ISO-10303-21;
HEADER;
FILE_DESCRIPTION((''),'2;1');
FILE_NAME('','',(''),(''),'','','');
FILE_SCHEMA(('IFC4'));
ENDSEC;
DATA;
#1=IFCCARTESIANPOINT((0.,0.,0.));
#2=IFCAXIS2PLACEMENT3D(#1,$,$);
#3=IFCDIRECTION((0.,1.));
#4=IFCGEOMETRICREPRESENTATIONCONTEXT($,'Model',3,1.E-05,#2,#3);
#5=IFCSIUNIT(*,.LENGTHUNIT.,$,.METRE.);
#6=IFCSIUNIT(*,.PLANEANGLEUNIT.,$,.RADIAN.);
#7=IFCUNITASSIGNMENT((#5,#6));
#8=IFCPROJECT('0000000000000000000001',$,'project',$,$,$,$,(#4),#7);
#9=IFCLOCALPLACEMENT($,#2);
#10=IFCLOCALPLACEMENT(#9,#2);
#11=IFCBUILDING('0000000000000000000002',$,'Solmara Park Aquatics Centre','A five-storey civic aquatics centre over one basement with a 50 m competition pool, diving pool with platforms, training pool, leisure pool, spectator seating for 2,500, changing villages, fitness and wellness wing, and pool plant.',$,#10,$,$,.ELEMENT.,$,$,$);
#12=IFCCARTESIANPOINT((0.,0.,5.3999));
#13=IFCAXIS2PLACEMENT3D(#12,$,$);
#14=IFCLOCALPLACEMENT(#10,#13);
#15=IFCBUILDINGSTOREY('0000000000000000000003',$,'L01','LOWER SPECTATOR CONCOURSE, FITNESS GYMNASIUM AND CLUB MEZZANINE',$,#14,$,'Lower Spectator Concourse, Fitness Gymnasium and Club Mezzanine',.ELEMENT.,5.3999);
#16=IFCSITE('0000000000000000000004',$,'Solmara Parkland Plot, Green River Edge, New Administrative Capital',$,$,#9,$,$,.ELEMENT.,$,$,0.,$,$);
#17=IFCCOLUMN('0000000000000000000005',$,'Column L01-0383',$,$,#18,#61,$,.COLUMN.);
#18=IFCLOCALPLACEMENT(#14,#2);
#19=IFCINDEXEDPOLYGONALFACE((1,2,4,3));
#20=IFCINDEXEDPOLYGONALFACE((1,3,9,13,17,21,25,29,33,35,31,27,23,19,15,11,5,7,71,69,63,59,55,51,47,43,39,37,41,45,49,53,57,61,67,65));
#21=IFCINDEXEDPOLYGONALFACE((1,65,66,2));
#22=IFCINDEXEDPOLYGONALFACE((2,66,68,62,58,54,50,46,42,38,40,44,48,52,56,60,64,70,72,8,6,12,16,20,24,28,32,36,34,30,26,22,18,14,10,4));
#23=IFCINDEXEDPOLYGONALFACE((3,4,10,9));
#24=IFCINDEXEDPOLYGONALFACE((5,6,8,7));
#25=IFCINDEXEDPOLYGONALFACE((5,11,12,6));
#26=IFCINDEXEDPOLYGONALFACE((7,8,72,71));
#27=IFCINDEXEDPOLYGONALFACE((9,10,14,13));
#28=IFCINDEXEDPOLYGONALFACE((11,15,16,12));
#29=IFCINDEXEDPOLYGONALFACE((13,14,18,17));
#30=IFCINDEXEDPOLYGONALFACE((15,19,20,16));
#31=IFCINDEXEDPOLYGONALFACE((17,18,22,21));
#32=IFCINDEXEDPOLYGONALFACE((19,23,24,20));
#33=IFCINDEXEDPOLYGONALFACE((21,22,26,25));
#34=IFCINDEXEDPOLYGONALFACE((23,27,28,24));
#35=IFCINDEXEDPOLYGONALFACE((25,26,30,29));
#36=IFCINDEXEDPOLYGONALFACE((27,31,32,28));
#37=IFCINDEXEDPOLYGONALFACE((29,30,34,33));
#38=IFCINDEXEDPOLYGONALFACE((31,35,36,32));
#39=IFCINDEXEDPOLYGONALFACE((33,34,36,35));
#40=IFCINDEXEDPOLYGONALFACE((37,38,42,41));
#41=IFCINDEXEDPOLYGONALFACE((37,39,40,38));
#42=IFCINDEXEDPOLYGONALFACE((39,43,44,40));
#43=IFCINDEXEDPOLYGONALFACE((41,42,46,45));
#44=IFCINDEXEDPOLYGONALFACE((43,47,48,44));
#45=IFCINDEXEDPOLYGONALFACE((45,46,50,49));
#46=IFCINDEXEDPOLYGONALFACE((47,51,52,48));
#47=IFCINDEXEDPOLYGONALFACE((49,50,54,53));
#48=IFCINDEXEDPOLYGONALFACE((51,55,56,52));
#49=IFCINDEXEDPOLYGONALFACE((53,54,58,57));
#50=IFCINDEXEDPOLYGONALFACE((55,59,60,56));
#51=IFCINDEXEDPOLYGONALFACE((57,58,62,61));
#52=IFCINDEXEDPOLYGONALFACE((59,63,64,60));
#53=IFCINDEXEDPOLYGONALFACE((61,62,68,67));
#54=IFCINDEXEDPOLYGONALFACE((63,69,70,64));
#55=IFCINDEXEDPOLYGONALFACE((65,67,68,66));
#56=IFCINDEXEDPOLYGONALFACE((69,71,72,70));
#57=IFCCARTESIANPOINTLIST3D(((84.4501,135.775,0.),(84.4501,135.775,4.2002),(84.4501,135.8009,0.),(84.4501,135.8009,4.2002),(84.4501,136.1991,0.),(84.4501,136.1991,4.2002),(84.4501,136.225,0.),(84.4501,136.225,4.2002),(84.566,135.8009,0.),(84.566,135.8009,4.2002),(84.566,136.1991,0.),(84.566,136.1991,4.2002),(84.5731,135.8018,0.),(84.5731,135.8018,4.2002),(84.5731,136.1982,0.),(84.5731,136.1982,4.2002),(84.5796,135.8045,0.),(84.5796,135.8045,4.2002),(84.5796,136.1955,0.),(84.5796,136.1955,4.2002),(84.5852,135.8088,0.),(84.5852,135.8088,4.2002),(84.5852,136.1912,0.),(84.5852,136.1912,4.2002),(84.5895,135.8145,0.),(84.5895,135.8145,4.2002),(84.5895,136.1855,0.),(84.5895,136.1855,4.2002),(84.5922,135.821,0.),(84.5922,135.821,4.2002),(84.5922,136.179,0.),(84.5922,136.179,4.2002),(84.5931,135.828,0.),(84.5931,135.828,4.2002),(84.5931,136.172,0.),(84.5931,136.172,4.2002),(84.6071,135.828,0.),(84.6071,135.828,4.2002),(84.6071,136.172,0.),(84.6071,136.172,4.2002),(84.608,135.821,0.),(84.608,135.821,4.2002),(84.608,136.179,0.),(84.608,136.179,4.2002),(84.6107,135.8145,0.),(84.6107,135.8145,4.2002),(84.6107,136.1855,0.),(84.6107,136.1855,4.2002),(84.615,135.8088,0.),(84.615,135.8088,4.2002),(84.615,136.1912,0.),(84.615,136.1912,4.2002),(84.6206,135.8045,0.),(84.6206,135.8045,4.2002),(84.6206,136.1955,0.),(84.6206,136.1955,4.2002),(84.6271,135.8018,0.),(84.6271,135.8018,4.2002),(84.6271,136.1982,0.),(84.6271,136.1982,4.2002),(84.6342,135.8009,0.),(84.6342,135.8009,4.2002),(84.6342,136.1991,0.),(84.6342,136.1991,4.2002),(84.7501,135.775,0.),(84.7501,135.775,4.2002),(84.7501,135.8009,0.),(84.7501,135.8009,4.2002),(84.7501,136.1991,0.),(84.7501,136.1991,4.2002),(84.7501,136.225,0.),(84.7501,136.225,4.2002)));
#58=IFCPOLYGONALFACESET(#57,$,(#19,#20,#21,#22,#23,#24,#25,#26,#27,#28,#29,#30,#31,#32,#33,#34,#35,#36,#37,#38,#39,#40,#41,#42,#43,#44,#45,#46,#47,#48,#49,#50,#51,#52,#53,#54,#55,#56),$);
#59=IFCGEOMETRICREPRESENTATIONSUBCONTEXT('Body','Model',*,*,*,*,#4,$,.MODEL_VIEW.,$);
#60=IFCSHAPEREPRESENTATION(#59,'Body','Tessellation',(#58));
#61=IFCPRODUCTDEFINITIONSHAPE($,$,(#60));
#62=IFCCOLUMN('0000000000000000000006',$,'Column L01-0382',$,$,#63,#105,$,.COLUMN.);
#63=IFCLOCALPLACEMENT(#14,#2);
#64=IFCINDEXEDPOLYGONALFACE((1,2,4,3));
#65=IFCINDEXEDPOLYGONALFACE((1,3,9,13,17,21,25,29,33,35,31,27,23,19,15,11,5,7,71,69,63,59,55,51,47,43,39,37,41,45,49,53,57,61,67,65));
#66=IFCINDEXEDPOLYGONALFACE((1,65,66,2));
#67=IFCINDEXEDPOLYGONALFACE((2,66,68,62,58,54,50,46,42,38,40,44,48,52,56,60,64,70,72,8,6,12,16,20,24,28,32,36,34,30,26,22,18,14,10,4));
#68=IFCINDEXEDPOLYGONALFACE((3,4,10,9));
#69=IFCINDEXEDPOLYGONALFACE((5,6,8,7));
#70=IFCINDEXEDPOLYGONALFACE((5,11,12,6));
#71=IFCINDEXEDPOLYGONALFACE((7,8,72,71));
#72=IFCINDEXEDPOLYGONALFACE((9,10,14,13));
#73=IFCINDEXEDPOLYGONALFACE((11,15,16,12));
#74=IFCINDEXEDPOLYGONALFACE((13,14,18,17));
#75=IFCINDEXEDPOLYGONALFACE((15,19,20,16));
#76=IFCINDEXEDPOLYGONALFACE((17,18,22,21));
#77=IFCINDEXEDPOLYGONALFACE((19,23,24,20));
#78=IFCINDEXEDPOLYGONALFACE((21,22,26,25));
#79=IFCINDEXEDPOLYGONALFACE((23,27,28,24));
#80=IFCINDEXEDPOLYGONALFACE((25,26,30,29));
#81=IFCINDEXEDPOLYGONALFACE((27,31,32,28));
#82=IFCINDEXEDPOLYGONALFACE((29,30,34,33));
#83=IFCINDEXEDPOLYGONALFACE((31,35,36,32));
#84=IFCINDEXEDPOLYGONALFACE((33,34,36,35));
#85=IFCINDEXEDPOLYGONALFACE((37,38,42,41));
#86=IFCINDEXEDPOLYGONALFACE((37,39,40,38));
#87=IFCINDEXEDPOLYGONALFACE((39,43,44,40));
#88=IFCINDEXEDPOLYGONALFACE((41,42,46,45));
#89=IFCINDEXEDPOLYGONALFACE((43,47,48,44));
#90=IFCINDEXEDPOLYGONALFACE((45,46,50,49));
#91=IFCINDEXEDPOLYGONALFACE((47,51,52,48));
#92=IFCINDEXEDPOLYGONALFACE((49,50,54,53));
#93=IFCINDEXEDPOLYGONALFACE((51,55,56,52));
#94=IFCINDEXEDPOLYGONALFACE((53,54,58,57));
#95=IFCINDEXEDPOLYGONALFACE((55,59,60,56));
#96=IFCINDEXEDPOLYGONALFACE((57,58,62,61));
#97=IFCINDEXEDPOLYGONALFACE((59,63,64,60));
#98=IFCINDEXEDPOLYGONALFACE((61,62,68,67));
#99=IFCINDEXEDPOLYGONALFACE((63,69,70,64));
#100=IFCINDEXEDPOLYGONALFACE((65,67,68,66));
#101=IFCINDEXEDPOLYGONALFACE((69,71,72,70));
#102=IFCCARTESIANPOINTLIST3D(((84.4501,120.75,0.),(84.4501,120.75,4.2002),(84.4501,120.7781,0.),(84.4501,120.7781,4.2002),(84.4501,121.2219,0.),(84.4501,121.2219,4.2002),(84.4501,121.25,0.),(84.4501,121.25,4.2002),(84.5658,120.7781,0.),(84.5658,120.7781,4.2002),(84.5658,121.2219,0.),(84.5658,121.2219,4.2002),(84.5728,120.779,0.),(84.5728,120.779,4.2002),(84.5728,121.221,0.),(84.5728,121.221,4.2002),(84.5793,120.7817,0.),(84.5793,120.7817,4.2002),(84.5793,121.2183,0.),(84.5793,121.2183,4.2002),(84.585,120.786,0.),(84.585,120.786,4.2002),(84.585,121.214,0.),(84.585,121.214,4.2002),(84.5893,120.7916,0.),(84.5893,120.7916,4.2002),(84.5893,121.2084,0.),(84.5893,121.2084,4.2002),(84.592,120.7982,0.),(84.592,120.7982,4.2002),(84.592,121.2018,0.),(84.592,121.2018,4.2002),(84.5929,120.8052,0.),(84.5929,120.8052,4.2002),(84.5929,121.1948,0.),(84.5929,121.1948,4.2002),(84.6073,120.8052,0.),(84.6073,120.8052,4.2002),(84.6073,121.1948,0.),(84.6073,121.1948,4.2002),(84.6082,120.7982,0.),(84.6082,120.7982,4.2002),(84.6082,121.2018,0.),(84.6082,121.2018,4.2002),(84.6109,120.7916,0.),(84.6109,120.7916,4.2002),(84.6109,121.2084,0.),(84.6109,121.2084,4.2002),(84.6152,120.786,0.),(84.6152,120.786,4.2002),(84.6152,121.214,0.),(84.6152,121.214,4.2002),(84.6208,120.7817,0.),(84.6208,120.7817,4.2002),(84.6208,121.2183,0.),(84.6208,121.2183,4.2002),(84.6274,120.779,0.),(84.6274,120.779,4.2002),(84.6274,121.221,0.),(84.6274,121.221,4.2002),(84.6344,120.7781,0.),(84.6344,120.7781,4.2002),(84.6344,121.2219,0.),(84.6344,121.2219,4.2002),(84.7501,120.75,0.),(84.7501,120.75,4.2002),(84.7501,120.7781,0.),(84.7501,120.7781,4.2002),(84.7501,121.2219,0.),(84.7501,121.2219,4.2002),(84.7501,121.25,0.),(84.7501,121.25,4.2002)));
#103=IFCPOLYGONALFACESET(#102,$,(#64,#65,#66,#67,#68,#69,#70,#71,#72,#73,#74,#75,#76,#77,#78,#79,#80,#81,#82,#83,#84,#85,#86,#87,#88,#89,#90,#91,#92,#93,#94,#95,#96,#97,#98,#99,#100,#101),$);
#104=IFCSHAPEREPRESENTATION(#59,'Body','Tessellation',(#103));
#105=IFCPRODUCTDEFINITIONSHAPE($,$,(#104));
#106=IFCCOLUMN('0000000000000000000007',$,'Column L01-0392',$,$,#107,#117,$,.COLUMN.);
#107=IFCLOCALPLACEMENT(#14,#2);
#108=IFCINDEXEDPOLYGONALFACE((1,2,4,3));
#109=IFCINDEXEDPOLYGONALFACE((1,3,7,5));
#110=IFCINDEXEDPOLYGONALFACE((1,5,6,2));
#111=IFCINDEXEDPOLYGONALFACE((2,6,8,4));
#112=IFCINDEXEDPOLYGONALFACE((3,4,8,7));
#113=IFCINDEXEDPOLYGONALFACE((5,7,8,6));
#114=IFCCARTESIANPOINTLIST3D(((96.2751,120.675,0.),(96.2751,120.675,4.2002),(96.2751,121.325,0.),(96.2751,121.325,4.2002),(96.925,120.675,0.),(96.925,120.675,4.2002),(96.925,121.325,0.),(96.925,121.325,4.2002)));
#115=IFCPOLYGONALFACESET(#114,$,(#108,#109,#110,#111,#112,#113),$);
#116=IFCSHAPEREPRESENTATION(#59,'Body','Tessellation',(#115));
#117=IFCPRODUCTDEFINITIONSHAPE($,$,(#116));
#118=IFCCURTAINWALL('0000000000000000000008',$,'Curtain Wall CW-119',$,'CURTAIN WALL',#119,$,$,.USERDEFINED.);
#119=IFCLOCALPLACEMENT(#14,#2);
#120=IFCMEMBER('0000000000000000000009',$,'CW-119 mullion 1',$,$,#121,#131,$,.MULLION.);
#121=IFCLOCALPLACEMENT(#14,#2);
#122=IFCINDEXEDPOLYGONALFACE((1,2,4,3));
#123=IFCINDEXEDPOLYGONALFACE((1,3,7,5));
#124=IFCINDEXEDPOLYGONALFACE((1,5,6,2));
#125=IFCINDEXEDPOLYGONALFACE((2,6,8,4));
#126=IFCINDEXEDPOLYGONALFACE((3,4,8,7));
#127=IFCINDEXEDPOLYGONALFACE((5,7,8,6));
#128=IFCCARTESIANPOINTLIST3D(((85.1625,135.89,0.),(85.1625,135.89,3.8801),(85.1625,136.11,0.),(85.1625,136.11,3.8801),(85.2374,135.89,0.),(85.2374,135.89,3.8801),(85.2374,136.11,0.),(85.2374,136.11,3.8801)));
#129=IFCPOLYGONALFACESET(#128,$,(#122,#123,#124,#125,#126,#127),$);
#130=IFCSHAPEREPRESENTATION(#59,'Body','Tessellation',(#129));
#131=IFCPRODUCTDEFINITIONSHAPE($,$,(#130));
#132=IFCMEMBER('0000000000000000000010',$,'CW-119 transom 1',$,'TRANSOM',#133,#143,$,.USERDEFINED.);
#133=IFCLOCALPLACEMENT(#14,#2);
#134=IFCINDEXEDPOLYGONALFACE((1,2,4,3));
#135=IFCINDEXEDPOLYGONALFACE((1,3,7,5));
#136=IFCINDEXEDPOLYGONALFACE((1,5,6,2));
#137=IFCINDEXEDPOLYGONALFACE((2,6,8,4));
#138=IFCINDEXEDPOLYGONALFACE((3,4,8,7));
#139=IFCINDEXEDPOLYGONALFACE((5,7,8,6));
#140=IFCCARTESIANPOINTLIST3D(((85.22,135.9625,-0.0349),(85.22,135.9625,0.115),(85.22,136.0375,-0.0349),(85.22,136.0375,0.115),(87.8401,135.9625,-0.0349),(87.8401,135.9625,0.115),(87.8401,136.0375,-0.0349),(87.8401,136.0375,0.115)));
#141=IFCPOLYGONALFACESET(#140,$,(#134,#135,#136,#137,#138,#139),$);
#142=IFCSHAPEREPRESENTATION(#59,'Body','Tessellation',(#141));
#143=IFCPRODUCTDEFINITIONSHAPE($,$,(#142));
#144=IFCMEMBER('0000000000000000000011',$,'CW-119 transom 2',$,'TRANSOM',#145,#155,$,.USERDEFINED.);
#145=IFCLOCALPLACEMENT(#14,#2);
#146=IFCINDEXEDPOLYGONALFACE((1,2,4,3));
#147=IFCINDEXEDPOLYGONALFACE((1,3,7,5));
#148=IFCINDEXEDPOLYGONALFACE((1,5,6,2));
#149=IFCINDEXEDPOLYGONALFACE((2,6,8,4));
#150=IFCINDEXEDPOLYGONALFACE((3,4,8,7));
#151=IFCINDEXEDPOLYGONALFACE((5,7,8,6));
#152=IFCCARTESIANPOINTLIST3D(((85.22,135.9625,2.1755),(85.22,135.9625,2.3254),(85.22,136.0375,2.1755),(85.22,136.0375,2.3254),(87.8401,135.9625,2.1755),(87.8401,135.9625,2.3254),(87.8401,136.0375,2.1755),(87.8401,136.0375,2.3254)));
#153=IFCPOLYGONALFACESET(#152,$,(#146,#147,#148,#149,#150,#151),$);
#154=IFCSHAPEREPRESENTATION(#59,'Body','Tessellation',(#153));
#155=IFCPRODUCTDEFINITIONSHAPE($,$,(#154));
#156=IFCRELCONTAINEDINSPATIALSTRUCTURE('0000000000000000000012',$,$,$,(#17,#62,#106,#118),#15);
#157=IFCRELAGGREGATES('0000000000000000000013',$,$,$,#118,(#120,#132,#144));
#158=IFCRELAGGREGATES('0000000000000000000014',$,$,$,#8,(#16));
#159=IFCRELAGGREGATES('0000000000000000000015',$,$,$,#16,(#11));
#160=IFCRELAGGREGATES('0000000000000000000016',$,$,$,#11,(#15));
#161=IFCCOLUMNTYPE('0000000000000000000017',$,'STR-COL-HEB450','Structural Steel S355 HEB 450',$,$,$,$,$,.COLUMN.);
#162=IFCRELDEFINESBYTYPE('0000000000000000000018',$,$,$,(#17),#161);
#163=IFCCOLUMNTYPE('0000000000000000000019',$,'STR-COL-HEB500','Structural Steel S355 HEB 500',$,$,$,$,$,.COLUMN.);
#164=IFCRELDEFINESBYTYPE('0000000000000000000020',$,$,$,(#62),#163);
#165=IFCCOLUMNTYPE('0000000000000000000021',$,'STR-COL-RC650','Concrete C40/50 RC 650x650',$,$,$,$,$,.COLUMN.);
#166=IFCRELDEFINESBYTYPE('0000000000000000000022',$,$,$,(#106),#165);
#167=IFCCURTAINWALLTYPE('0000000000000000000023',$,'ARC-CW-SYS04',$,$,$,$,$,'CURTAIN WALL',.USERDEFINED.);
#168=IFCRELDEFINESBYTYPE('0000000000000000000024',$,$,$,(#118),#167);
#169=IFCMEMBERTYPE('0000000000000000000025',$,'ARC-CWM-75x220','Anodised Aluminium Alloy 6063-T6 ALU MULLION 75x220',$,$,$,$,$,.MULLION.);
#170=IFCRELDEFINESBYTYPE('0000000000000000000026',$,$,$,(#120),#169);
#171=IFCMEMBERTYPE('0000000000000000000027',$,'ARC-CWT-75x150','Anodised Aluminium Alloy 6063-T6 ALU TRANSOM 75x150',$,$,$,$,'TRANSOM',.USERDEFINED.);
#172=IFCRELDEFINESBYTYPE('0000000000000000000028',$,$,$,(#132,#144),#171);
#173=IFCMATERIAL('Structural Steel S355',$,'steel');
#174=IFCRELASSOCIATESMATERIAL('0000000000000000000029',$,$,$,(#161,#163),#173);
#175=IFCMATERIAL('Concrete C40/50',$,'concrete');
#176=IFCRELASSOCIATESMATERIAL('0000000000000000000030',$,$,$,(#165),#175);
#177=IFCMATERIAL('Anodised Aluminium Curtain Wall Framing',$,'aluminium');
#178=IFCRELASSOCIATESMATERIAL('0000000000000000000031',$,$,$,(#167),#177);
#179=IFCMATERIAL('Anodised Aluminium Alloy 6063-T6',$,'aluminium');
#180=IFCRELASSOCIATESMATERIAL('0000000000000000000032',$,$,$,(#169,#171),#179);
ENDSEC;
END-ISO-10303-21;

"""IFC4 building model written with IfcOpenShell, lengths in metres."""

from ifc_helpers import new_model, si_unit, direction, frame, origin, origin_2d, place, context, subcontext, project, spatial, rectangle, i_section, extrude, material, material_profile, profile_set, type_object, element, aggregate, save


model = new_model("IFC4")

# Units and contexts
model_context = context("Model", 3, precision=1e-05, world=origin(), true_north=direction((0.0, 1.0)))
body_context = subcontext(model_context, "Body", "Model", "MODEL_VIEW")
ifc_project = project(units=[si_unit("LENGTHUNIT", "METRE"), si_unit("PLANEANGLEUNIT", "RADIAN")], contexts=[model_context])

# Site, building, storey
site_placement = place(None, origin())
site = spatial("IfcSite", under=ifc_project, at=site_placement, Name="Solmara Parkland Plot, Green River Edge, New Administrative Capital", CompositionType="ELEMENT", RefElevation=0.0)
building_placement = place(site_placement, origin())
building = spatial("IfcBuilding", under=site, at=building_placement, Name="Solmara Park Aquatics Centre", Description="A five-storey civic aquatics centre over one basement with a 50 m competition pool, diving pool with platforms, training pool, leisure pool, spectator seating for 2,500, changing villages, fitness and wellness wing, and pool plant.", CompositionType="ELEMENT")
storey_placement = place(building_placement, frame((0.0, 0.0, 5.3999)))
storey = spatial("IfcBuildingStorey", under=building, at=storey_placement, Name="L01", Description="LOWER SPECTATOR CONCOURSE, FITNESS GYMNASIUM AND CLUB MEZZANINE", LongName="Lower Spectator Concourse, Fitness Gymnasium and Club Mezzanine", CompositionType="ELEMENT", Elevation=5.3999)

# Columns
ifc_material_1 = material(Name="Structural Steel S355", Category="steel")
ifc_material_profile_1 = material_profile(ifc_material_1, i_section(OverallWidth=0.3, OverallDepth=0.45, WebThickness=0.0139, FlangeThickness=0.0259, FilletRadius=0.0271, at=origin_2d()), Name="HEB 450")
ifc_profile_set_1 = profile_set([ifc_material_profile_1], Name="Structural Steel S355")
column_type_1 = type_object("IfcColumnType", Name="STR-COL-HEB450", Description="Structural Steel S355 HEB 450", PredefinedType="COLUMN", material=ifc_profile_set_1)
column_1_placement = place(storey_placement, frame((84.6001, 136.0, 0.0), z_axis=(0.0, 0.0, 1.0), x_axis=(1.0, 0.0, 0.0)))
element("IfcColumn", 1, at=column_1_placement, inside=storey, type_object=column_type_1, Name="Column L01-0383", PredefinedType="COLUMN", context=body_context, shape_type="SweptSolid", body=[
    extrude(i_section(OverallWidth=0.3, OverallDepth=0.45, WebThickness=0.0139, FlangeThickness=0.0259, FilletRadius=0.0271, at=origin_2d()), origin(), (0.0, 0.0, 1.0), 4.2002),
])
ifc_material_profile_2 = material_profile(ifc_material_1, i_section(OverallWidth=0.3, OverallDepth=0.5, WebThickness=0.0144, FlangeThickness=0.0281, FilletRadius=0.0271, at=origin_2d()), Name="HEB 500")
ifc_profile_set_2 = profile_set([ifc_material_profile_2], Name="Structural Steel S355")
column_type_2 = type_object("IfcColumnType", Name="STR-COL-HEB500", Description="Structural Steel S355 HEB 500", PredefinedType="COLUMN", material=ifc_profile_set_2)
column_2_placement = place(storey_placement, frame((84.6001, 121.0, 0.0), z_axis=(0.0, 0.0, 1.0), x_axis=(1.0, 0.0, 0.0)))
element("IfcColumn", 2, at=column_2_placement, inside=storey, type_object=column_type_2, Name="Column L01-0382", PredefinedType="COLUMN", context=body_context, shape_type="SweptSolid", body=[
    extrude(i_section(OverallWidth=0.3, OverallDepth=0.5, WebThickness=0.0144, FlangeThickness=0.0281, FilletRadius=0.0271, at=origin_2d()), origin(), (0.0, 0.0, 1.0), 4.2002),
])
ifc_material_2 = material(Name="Concrete C40/50", Category="concrete")
ifc_material_profile_3 = material_profile(ifc_material_2, rectangle(XDim=0.6499, YDim=0.6499, at=origin_2d()), Name="RC 650x650")
ifc_profile_set_3 = profile_set([ifc_material_profile_3], Name="Concrete C40/50")
column_type_3 = type_object("IfcColumnType", Name="STR-COL-RC650", Description="Concrete C40/50 RC 650x650", PredefinedType="COLUMN", material=ifc_profile_set_3)
column_3_placement = place(storey_placement, frame((96.6001, 121.0, 0.0), z_axis=(0.0, 0.0, 1.0), x_axis=(1.0, 0.0, 0.0)))
element("IfcColumn", 3, at=column_3_placement, inside=storey, type_object=column_type_3, Name="Column L01-0392", PredefinedType="COLUMN", context=body_context, shape_type="SweptSolid", body=[
    extrude(rectangle(XDim=0.6499, YDim=0.6499, at=origin_2d()), origin(), (0.0, 0.0, 1.0), 4.2002),
])

# Curtain wall, members
ifc_material_3 = material(Name="Anodised Aluminium Curtain Wall Framing", Category="aluminium")
curtain_wall_type = type_object("IfcCurtainWallType", Name="ARC-CW-SYS04", ElementType="CURTAIN WALL", PredefinedType="USERDEFINED", material=ifc_material_3)
curtain_wall_placement = place(storey_placement, origin())
curtain_wall = element("IfcCurtainWall", 4, at=curtain_wall_placement, inside=storey, type_object=curtain_wall_type, Name="Curtain Wall CW-119", ObjectType="CURTAIN WALL", PredefinedType="USERDEFINED")
ifc_material_4 = material(Name="Anodised Aluminium Alloy 6063-T6", Category="aluminium")
ifc_material_profile_4 = material_profile(ifc_material_4, rectangle(XDim=0.075, YDim=0.22, at=origin_2d()), Name="ALU MULLION 75x220")
ifc_profile_set_4 = profile_set([ifc_material_profile_4], Name="Anodised Aluminium Alloy 6063-T6")
member_type_1 = type_object("IfcMemberType", Name="ARC-CWM-75x220", Description="Anodised Aluminium Alloy 6063-T6 ALU MULLION 75x220", PredefinedType="MULLION", material=ifc_profile_set_4)
member_1_placement = place(storey_placement, frame((85.2, 136.0, 0.0), z_axis=(0.0, 0.0, 1.0), x_axis=(1.0, 0.0, 0.0)))
member_1 = element("IfcMember", 5, at=member_1_placement, type_object=member_type_1, Name="CW-119 mullion 1", PredefinedType="MULLION", context=body_context, shape_type="SweptSolid", body=[
    extrude(rectangle(XDim=0.075, YDim=0.22, at=origin_2d()), origin(), (0.0, 0.0, 1.0), 3.8801),
])
ifc_material_profile_5 = material_profile(ifc_material_4, rectangle(XDim=0.075, YDim=0.1499, at=origin_2d()), Name="ALU TRANSOM 75x150")
ifc_profile_set_5 = profile_set([ifc_material_profile_5], Name="Anodised Aluminium Alloy 6063-T6")
member_type_2 = type_object("IfcMemberType", Name="ARC-CWT-75x150", Description="Anodised Aluminium Alloy 6063-T6 ALU TRANSOM 75x150", ElementType="TRANSOM", PredefinedType="USERDEFINED", material=ifc_profile_set_5)
member_2_placement = place(storey_placement, frame((85.22, 136.0, 0.04), z_axis=(1.0, 0.0, 0.0), x_axis=(0.0, 1.0, 0.0)))
member_2 = element("IfcMember", 6, at=member_2_placement, type_object=member_type_2, Name="CW-119 transom 1", ObjectType="TRANSOM", PredefinedType="USERDEFINED", context=body_context, shape_type="SweptSolid", body=[
    extrude(rectangle(XDim=0.075, YDim=0.1499, at=origin_2d()), origin(), (0.0, 0.0, 1.0), 2.6201),
])
member_3_placement = place(storey_placement, frame((85.22, 136.0, 2.2505), z_axis=(1.0, 0.0, 0.0), x_axis=(0.0, 1.0, 0.0)))
member_3 = element("IfcMember", 7, at=member_3_placement, type_object=member_type_2, Name="CW-119 transom 2", ObjectType="TRANSOM", PredefinedType="USERDEFINED", context=body_context, shape_type="SweptSolid", body=[
    extrude(rectangle(XDim=0.075, YDim=0.1499, at=origin_2d()), origin(), (0.0, 0.0, 1.0), 2.6201),
])
aggregate(curtain_wall, [member_1, member_2, member_3])

save(model, "model.ifc")
